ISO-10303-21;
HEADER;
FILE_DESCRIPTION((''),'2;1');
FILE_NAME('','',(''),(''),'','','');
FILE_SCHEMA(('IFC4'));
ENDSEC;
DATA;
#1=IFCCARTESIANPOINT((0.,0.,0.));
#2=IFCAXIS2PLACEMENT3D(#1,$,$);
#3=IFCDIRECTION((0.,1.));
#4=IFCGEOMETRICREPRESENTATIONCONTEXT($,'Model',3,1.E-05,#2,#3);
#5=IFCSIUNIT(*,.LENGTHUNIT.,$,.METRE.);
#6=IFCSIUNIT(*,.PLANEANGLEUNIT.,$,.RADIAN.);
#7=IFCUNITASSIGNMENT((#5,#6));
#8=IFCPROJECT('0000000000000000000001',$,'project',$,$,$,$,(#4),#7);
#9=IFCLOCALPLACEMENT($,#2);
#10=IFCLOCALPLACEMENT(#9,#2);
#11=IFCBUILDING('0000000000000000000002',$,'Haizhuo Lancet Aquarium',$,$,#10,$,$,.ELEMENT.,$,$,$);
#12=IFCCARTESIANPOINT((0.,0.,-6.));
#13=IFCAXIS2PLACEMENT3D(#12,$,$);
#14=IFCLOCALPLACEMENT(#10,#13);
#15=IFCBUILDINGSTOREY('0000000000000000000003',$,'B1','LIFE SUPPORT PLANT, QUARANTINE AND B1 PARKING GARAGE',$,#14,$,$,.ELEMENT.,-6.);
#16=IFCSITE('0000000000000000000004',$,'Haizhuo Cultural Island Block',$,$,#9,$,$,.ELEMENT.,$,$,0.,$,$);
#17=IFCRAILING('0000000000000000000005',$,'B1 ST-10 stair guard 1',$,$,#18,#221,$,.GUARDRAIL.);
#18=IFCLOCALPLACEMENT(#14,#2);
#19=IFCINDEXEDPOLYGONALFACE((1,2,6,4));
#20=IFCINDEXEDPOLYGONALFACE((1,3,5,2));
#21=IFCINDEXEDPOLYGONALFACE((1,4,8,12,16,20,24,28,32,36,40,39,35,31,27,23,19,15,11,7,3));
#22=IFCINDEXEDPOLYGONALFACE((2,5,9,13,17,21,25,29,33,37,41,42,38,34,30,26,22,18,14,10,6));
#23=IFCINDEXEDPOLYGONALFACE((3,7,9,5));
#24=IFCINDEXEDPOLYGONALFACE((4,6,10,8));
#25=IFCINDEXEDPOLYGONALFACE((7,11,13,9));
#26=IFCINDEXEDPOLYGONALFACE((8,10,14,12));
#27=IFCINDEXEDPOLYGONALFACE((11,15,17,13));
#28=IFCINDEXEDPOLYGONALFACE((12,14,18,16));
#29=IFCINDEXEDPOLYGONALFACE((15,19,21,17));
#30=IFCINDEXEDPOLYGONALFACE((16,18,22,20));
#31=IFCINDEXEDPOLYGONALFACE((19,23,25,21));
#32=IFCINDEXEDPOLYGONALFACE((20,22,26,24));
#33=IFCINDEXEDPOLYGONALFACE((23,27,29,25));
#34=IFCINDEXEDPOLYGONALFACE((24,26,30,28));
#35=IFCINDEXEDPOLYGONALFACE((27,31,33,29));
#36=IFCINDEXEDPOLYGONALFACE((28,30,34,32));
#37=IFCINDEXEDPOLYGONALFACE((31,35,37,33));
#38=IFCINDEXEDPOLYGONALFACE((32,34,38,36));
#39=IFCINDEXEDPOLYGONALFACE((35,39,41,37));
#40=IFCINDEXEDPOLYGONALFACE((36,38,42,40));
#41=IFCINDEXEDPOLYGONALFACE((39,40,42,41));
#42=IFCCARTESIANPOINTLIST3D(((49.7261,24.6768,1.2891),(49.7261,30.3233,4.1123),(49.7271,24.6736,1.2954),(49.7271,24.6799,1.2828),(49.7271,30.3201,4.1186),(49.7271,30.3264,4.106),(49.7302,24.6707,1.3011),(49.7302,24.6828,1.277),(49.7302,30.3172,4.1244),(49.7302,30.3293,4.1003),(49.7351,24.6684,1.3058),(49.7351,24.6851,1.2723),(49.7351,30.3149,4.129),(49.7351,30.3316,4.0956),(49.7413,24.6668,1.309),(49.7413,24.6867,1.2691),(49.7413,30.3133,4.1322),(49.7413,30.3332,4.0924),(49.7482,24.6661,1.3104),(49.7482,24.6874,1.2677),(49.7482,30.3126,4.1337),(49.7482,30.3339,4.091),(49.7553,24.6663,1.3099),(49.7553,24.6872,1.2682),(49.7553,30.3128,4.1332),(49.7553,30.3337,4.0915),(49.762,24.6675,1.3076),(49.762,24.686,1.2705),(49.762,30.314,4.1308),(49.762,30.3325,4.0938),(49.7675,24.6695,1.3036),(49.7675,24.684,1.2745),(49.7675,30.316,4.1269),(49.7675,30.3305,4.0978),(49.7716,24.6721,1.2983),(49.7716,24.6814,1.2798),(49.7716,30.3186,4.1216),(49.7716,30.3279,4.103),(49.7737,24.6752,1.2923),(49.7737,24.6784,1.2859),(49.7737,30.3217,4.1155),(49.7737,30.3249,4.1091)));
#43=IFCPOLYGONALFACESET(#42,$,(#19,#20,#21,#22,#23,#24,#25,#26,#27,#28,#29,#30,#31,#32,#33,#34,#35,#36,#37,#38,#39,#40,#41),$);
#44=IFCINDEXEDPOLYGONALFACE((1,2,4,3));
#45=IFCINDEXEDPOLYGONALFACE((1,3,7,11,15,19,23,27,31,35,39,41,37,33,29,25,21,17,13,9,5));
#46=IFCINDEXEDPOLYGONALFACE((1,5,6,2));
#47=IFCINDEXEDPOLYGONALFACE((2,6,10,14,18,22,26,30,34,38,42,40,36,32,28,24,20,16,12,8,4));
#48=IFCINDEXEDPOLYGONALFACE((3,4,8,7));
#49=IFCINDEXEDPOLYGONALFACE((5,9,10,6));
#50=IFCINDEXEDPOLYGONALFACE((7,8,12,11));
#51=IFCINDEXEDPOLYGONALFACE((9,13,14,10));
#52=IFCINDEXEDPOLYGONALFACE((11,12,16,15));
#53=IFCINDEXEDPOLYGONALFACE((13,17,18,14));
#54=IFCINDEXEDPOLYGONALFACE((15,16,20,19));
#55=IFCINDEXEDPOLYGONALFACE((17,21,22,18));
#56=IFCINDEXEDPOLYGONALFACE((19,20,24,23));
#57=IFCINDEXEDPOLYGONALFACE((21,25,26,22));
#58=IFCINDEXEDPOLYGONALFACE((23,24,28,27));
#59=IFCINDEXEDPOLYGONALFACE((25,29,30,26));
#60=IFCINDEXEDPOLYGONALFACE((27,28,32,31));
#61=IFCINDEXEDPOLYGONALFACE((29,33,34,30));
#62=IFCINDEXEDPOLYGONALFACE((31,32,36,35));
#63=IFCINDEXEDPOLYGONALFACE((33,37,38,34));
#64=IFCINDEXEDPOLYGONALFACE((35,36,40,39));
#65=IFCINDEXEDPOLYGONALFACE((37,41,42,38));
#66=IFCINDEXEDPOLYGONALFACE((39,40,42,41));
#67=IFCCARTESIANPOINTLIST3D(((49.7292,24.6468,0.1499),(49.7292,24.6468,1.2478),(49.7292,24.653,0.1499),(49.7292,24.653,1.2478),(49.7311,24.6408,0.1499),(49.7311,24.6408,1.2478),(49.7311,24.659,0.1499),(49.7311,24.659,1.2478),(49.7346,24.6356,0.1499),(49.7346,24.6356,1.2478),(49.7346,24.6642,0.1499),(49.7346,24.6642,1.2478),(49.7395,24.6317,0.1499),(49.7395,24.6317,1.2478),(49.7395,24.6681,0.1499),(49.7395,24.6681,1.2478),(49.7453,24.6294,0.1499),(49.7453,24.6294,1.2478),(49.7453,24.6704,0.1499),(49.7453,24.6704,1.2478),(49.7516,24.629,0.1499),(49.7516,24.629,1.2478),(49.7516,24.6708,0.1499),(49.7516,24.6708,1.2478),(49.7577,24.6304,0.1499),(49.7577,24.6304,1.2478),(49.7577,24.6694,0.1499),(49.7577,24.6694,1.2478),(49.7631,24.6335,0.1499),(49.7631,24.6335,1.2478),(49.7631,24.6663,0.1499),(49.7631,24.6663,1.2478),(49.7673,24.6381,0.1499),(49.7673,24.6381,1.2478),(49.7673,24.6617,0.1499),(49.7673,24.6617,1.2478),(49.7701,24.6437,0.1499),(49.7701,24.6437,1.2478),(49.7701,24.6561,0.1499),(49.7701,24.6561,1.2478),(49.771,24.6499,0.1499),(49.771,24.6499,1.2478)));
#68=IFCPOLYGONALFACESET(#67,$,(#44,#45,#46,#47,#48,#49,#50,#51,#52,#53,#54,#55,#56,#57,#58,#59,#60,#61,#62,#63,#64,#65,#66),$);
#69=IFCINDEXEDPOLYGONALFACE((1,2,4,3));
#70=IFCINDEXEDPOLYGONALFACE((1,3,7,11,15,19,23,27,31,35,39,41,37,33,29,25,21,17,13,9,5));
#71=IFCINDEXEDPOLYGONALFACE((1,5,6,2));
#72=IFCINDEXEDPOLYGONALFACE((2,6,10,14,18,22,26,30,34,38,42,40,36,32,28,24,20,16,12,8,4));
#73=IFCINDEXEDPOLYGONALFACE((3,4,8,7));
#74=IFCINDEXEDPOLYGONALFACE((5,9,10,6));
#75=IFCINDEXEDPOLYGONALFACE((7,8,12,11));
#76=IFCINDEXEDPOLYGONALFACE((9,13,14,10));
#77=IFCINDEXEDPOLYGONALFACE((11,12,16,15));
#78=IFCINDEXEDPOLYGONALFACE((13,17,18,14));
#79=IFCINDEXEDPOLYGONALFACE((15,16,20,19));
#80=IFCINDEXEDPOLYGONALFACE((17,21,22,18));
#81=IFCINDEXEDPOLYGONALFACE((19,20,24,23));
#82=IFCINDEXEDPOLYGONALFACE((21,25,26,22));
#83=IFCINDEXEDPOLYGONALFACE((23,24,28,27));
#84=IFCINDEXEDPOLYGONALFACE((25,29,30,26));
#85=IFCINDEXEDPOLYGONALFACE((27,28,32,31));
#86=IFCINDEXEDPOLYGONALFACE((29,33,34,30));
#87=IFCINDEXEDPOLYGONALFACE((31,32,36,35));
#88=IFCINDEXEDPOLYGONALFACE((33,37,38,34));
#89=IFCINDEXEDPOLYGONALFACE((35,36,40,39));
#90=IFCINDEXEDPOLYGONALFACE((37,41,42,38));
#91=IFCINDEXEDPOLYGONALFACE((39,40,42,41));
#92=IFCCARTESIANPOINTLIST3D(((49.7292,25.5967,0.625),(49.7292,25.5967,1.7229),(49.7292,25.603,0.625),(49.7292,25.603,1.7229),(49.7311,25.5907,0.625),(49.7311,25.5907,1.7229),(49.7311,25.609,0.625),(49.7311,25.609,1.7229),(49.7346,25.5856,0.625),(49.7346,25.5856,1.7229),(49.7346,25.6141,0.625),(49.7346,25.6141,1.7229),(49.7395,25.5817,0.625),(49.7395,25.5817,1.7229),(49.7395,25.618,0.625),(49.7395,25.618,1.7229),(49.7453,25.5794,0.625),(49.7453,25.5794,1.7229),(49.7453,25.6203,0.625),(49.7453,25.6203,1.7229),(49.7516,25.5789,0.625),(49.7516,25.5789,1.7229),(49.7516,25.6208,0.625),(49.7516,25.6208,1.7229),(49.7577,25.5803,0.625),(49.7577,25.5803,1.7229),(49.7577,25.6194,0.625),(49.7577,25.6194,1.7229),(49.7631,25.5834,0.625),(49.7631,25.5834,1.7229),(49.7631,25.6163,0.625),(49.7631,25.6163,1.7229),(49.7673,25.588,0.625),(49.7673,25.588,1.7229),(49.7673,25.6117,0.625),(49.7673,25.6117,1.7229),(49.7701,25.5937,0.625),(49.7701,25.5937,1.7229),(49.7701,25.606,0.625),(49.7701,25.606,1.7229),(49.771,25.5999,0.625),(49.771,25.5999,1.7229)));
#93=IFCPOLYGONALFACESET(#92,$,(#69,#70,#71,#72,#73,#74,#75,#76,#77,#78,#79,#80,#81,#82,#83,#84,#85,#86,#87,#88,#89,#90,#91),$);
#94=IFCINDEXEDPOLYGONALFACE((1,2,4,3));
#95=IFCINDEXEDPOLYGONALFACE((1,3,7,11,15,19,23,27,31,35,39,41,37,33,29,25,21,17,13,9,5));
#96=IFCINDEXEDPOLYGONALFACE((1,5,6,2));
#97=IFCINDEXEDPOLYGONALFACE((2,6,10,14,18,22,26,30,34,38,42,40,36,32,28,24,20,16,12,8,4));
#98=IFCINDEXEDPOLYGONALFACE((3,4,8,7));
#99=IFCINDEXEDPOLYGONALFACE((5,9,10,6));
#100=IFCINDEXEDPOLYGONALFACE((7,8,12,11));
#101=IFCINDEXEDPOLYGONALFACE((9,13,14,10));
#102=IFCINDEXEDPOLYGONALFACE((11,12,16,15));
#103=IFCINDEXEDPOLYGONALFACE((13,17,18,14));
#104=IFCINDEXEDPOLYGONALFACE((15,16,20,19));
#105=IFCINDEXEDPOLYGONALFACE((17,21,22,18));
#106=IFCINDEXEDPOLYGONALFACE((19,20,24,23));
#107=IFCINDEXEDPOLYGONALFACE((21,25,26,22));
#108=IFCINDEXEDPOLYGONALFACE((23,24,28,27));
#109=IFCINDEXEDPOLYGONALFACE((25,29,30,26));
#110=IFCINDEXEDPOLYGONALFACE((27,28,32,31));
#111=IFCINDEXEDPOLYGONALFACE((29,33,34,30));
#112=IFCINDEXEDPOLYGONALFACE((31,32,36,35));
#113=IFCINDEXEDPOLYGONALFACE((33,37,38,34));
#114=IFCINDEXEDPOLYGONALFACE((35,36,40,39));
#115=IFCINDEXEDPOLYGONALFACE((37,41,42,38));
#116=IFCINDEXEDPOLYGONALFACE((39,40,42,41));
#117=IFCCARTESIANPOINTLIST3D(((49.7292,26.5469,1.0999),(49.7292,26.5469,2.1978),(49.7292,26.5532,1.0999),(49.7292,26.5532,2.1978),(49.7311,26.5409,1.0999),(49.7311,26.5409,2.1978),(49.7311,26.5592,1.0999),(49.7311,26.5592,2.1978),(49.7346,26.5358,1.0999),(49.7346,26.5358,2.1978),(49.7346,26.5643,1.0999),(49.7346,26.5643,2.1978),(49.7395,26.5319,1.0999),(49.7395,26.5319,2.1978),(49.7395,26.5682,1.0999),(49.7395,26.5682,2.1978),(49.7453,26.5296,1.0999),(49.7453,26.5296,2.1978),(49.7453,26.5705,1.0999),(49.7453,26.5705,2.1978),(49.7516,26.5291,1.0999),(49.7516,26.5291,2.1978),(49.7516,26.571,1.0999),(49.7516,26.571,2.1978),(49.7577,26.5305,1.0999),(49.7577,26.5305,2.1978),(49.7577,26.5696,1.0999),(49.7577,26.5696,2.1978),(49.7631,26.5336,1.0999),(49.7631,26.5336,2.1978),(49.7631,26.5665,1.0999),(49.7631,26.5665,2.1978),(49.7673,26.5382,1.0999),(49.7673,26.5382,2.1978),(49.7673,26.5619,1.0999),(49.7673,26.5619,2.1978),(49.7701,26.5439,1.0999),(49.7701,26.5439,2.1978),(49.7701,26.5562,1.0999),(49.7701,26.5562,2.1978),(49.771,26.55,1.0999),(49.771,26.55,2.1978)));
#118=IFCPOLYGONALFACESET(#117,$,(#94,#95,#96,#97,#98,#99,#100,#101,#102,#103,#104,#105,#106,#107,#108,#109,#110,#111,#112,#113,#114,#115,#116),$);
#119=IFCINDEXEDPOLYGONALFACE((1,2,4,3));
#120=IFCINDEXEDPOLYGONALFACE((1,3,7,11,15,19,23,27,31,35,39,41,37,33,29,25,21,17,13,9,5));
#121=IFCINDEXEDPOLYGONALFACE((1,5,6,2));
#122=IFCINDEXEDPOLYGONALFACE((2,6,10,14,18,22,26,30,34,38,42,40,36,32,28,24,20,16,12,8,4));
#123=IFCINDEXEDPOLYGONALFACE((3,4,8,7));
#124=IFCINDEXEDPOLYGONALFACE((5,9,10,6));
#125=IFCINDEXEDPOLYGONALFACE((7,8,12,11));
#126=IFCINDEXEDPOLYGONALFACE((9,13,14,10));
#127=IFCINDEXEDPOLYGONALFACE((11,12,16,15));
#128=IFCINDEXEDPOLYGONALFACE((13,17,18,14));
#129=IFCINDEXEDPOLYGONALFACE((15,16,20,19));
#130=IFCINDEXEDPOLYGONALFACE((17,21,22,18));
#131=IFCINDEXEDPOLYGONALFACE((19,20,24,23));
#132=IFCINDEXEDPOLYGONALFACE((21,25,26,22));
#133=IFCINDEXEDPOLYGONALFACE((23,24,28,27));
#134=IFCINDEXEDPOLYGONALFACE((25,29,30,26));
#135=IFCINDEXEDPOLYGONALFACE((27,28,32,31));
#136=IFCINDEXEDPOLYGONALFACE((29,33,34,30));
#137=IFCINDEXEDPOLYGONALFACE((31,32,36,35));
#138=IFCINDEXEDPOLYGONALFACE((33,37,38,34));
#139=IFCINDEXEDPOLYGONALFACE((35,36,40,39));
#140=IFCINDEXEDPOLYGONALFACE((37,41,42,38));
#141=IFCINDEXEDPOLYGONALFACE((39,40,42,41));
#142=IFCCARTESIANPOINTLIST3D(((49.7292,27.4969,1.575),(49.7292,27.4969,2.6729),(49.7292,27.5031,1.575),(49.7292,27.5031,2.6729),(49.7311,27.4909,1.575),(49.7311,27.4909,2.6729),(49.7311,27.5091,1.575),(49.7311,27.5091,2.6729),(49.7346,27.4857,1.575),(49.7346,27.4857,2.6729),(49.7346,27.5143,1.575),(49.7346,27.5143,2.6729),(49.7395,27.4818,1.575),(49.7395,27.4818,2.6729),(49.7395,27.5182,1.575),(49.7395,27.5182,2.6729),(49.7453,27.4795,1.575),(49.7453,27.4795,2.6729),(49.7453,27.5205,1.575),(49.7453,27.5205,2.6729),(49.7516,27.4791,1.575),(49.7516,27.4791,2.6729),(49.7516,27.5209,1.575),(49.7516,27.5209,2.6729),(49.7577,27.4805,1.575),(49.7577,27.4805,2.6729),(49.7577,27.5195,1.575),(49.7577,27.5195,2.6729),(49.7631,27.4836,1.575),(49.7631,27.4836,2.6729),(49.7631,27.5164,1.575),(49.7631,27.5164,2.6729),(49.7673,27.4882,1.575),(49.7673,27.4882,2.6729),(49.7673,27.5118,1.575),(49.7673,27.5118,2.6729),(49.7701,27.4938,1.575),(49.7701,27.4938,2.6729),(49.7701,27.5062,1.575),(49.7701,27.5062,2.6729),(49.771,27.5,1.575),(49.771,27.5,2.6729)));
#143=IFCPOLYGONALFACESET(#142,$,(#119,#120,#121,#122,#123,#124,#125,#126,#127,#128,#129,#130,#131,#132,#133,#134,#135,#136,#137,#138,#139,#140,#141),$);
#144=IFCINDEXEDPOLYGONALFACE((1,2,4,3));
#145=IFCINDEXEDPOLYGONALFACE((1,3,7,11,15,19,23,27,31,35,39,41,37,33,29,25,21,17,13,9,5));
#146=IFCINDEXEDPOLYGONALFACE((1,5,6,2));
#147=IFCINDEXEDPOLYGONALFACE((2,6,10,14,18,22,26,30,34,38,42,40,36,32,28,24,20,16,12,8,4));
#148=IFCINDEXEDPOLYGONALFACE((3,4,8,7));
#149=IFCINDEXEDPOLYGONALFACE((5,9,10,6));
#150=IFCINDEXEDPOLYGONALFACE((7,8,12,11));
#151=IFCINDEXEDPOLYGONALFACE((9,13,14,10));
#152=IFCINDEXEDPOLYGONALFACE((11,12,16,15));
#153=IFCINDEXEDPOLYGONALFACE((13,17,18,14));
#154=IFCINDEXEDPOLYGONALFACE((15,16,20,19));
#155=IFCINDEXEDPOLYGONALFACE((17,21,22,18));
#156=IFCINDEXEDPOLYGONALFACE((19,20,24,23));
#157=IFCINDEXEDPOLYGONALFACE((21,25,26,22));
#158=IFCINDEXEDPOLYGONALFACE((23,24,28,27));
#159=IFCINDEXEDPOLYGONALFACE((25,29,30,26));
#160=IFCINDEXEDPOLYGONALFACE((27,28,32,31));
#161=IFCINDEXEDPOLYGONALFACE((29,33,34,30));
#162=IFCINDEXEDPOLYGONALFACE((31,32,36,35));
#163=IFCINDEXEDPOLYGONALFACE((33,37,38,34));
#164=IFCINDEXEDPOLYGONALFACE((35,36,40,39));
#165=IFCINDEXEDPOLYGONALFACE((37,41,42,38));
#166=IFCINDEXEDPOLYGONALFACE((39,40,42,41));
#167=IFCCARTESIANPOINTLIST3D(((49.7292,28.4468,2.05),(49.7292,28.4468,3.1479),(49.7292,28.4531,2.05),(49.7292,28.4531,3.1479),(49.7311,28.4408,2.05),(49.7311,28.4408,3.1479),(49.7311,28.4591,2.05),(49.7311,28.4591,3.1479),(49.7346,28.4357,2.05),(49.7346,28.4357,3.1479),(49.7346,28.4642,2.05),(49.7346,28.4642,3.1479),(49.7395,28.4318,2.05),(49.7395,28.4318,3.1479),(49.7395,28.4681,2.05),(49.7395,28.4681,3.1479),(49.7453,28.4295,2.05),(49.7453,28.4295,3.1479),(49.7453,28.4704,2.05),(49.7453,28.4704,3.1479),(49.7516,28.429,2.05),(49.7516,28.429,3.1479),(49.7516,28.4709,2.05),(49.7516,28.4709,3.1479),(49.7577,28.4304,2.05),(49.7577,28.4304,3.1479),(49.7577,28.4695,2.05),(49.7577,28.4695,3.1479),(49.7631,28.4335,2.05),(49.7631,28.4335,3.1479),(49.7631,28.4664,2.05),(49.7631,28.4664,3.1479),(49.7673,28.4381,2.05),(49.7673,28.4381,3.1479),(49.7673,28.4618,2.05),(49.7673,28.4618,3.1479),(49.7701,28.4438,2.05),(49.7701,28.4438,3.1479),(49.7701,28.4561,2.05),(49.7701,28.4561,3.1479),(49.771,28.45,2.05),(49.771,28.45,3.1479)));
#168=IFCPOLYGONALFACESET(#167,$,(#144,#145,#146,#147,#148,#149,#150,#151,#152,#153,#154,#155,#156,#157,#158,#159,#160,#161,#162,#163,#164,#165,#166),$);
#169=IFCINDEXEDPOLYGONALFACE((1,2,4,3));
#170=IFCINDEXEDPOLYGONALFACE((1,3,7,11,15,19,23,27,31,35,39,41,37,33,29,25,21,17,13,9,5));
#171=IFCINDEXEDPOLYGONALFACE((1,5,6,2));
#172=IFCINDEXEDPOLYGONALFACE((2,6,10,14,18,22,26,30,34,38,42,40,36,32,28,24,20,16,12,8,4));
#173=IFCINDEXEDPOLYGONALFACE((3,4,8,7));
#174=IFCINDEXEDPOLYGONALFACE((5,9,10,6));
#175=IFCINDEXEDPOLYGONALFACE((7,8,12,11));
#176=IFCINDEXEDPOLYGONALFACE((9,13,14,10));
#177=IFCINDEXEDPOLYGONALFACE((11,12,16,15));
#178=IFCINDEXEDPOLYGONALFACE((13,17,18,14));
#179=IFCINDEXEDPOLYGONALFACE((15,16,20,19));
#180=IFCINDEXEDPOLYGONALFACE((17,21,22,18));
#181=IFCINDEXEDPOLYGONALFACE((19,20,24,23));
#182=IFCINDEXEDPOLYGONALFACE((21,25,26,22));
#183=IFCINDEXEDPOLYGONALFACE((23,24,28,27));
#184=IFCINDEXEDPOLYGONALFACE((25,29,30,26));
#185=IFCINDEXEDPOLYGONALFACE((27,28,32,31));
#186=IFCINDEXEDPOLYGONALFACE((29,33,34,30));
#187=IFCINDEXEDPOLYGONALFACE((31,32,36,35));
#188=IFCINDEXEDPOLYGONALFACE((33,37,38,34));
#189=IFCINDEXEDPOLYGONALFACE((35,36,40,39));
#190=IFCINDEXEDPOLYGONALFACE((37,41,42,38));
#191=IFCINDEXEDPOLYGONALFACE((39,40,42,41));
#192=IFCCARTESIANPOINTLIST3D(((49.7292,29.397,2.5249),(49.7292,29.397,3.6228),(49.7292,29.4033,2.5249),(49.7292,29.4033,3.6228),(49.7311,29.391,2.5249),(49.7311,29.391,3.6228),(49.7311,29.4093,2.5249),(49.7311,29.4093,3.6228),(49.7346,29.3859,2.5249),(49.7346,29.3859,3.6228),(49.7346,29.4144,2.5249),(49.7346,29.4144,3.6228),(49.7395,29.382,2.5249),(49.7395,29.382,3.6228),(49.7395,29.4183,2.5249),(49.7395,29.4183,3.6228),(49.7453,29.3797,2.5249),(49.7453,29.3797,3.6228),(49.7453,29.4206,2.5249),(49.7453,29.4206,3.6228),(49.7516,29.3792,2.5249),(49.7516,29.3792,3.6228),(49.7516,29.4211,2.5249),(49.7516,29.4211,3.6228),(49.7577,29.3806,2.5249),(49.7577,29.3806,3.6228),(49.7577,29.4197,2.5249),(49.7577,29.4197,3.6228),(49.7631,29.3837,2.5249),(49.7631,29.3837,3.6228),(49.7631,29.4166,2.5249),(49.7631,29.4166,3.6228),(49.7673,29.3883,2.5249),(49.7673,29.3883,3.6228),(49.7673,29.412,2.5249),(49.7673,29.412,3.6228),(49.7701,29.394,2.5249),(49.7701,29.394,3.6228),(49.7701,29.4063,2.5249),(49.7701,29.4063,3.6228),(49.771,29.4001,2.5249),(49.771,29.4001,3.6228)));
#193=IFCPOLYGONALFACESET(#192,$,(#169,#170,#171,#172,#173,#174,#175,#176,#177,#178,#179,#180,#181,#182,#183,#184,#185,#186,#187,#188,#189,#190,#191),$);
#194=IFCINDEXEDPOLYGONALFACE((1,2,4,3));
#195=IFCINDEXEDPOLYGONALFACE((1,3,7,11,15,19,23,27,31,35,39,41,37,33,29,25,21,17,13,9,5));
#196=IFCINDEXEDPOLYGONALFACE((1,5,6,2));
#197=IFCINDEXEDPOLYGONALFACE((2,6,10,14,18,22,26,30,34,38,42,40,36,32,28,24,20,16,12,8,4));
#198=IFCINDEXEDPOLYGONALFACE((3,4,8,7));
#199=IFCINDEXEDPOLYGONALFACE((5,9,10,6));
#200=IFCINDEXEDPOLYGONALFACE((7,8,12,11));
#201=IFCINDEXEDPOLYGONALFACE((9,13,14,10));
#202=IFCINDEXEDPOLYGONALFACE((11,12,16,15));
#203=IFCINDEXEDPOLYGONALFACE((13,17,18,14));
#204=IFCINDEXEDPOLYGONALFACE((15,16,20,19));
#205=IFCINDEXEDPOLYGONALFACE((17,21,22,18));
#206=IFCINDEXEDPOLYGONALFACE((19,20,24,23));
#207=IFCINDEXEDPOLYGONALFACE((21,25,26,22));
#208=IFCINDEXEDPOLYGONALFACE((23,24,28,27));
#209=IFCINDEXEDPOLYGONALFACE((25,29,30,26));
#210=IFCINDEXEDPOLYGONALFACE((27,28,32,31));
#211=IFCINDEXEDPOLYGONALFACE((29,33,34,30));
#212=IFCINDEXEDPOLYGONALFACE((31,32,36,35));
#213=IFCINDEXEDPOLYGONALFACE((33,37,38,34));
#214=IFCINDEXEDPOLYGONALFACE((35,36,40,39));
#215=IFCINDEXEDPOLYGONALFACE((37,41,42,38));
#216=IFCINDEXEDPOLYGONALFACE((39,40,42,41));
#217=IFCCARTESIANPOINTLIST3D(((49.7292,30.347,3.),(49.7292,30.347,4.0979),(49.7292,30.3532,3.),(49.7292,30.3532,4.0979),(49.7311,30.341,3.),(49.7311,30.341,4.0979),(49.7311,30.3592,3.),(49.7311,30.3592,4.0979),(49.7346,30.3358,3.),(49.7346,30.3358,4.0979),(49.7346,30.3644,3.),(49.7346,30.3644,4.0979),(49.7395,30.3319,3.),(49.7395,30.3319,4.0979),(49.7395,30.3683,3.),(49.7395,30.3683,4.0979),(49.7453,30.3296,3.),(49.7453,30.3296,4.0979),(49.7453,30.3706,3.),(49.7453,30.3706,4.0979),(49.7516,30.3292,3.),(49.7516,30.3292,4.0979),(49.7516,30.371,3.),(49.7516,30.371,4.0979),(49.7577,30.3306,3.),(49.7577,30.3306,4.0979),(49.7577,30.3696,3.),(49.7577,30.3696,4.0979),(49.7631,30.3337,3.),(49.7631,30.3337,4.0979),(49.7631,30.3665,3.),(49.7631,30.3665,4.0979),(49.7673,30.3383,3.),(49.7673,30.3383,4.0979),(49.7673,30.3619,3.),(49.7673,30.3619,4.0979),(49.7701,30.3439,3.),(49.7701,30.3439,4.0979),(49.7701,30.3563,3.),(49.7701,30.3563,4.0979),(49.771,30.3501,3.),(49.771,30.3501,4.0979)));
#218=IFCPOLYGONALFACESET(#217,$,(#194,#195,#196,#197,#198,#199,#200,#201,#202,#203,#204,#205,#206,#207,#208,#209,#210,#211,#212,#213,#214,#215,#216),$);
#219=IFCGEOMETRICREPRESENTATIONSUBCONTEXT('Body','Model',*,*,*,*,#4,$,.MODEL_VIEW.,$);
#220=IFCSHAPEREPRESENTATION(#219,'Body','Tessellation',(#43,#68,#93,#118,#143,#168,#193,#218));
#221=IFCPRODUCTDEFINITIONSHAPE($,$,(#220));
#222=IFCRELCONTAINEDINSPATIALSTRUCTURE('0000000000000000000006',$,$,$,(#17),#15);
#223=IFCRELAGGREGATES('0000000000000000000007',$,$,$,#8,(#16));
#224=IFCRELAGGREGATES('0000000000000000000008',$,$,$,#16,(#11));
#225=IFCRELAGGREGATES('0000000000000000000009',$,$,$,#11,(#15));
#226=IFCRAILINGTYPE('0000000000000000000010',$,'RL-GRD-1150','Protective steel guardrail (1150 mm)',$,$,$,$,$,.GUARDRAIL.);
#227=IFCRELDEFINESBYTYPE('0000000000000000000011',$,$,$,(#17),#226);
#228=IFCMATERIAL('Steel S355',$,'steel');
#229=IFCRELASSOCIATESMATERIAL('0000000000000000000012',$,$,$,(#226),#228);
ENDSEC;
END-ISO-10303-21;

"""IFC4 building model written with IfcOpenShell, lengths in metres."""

from ifc_helpers import new_model, si_unit, direction, frame, origin, origin_2d, place, context, subcontext, project, spatial, circle, extrude, material, type_object, element, save


model = new_model("IFC4")

# Units and contexts
model_context = context("Model", 3, precision=1e-05, world=origin(), true_north=direction((0.0, 1.0)))
body_context = subcontext(model_context, "Body", "Model", "MODEL_VIEW")
ifc_project = project(units=[si_unit("LENGTHUNIT", "METRE"), si_unit("PLANEANGLEUNIT", "RADIAN")], contexts=[model_context])

# Site, building, storey
site_placement = place(None, origin())
site = spatial("IfcSite", under=ifc_project, at=site_placement, Name="Haizhuo Cultural Island Block", CompositionType="ELEMENT", RefElevation=0.0)
building_placement = place(site_placement, origin())
building = spatial("IfcBuilding", under=site, at=building_placement, Name="Haizhuo Lancet Aquarium", CompositionType="ELEMENT")
storey_placement = place(building_placement, frame((0.0, 0.0, -6.0)))
storey = spatial("IfcBuildingStorey", under=building, at=storey_placement, Name="B1", Description="LIFE SUPPORT PLANT, QUARANTINE AND B1 PARKING GARAGE", CompositionType="ELEMENT", Elevation=-6.0)

# Shared definitions
ifc_material_1 = material(Name="Steel S355", Category="steel")

# Railing
railing_type_1 = type_object("IfcRailingType", Name="RL-GRD-1150", Description="Protective steel guardrail (1150 mm)", PredefinedType="GUARDRAIL", material=ifc_material_1)
railing_1_placement = place(storey_placement, frame((49.75, 24.6499, 0.1499)))
element("IfcRailing", 1, at=railing_1_placement, inside=storey, type_object=railing_type_1, Name="B1 ST-10 stair guard 1", PredefinedType="GUARDRAIL", context=body_context, shape_type="SweptSolid", body=[
    extrude(circle(Radius=0.0239, at=origin_2d()), frame((0.0, 0.0269, 1.1392), z_axis=(0.0, 0.894427, 0.447214), x_axis=(-1.0, 0.0, 0.0)), (0.0, 0.0, 1.0), 6.313),
    extrude(circle(Radius=0.021, at=origin_2d()), origin(), (0.0, 0.0, 1.0), 1.0979),
    extrude(circle(Radius=0.021, at=origin_2d()), frame((0.0, 0.95, 0.4751)), (0.0, 0.0, 1.0), 1.0979),
    extrude(circle(Radius=0.021, at=origin_2d()), frame((0.0, 1.9001, 0.95)), (0.0, 0.0, 1.0), 1.0979),
    extrude(circle(Radius=0.021, at=origin_2d()), frame((0.0, 2.8501, 1.425)), (0.0, 0.0, 1.0), 1.0979),
    extrude(circle(Radius=0.021, at=origin_2d()), frame((0.0, 3.8, 1.9001)), (0.0, 0.0, 1.0), 1.0979),
    extrude(circle(Radius=0.021, at=origin_2d()), frame((0.0, 4.7502, 2.375)), (0.0, 0.0, 1.0), 1.0979),
    extrude(circle(Radius=0.021, at=origin_2d()), frame((0.0, 5.7002, 2.8501)), (0.0, 0.0, 1.0), 1.0979),
])

save(model, "model.ifc")
